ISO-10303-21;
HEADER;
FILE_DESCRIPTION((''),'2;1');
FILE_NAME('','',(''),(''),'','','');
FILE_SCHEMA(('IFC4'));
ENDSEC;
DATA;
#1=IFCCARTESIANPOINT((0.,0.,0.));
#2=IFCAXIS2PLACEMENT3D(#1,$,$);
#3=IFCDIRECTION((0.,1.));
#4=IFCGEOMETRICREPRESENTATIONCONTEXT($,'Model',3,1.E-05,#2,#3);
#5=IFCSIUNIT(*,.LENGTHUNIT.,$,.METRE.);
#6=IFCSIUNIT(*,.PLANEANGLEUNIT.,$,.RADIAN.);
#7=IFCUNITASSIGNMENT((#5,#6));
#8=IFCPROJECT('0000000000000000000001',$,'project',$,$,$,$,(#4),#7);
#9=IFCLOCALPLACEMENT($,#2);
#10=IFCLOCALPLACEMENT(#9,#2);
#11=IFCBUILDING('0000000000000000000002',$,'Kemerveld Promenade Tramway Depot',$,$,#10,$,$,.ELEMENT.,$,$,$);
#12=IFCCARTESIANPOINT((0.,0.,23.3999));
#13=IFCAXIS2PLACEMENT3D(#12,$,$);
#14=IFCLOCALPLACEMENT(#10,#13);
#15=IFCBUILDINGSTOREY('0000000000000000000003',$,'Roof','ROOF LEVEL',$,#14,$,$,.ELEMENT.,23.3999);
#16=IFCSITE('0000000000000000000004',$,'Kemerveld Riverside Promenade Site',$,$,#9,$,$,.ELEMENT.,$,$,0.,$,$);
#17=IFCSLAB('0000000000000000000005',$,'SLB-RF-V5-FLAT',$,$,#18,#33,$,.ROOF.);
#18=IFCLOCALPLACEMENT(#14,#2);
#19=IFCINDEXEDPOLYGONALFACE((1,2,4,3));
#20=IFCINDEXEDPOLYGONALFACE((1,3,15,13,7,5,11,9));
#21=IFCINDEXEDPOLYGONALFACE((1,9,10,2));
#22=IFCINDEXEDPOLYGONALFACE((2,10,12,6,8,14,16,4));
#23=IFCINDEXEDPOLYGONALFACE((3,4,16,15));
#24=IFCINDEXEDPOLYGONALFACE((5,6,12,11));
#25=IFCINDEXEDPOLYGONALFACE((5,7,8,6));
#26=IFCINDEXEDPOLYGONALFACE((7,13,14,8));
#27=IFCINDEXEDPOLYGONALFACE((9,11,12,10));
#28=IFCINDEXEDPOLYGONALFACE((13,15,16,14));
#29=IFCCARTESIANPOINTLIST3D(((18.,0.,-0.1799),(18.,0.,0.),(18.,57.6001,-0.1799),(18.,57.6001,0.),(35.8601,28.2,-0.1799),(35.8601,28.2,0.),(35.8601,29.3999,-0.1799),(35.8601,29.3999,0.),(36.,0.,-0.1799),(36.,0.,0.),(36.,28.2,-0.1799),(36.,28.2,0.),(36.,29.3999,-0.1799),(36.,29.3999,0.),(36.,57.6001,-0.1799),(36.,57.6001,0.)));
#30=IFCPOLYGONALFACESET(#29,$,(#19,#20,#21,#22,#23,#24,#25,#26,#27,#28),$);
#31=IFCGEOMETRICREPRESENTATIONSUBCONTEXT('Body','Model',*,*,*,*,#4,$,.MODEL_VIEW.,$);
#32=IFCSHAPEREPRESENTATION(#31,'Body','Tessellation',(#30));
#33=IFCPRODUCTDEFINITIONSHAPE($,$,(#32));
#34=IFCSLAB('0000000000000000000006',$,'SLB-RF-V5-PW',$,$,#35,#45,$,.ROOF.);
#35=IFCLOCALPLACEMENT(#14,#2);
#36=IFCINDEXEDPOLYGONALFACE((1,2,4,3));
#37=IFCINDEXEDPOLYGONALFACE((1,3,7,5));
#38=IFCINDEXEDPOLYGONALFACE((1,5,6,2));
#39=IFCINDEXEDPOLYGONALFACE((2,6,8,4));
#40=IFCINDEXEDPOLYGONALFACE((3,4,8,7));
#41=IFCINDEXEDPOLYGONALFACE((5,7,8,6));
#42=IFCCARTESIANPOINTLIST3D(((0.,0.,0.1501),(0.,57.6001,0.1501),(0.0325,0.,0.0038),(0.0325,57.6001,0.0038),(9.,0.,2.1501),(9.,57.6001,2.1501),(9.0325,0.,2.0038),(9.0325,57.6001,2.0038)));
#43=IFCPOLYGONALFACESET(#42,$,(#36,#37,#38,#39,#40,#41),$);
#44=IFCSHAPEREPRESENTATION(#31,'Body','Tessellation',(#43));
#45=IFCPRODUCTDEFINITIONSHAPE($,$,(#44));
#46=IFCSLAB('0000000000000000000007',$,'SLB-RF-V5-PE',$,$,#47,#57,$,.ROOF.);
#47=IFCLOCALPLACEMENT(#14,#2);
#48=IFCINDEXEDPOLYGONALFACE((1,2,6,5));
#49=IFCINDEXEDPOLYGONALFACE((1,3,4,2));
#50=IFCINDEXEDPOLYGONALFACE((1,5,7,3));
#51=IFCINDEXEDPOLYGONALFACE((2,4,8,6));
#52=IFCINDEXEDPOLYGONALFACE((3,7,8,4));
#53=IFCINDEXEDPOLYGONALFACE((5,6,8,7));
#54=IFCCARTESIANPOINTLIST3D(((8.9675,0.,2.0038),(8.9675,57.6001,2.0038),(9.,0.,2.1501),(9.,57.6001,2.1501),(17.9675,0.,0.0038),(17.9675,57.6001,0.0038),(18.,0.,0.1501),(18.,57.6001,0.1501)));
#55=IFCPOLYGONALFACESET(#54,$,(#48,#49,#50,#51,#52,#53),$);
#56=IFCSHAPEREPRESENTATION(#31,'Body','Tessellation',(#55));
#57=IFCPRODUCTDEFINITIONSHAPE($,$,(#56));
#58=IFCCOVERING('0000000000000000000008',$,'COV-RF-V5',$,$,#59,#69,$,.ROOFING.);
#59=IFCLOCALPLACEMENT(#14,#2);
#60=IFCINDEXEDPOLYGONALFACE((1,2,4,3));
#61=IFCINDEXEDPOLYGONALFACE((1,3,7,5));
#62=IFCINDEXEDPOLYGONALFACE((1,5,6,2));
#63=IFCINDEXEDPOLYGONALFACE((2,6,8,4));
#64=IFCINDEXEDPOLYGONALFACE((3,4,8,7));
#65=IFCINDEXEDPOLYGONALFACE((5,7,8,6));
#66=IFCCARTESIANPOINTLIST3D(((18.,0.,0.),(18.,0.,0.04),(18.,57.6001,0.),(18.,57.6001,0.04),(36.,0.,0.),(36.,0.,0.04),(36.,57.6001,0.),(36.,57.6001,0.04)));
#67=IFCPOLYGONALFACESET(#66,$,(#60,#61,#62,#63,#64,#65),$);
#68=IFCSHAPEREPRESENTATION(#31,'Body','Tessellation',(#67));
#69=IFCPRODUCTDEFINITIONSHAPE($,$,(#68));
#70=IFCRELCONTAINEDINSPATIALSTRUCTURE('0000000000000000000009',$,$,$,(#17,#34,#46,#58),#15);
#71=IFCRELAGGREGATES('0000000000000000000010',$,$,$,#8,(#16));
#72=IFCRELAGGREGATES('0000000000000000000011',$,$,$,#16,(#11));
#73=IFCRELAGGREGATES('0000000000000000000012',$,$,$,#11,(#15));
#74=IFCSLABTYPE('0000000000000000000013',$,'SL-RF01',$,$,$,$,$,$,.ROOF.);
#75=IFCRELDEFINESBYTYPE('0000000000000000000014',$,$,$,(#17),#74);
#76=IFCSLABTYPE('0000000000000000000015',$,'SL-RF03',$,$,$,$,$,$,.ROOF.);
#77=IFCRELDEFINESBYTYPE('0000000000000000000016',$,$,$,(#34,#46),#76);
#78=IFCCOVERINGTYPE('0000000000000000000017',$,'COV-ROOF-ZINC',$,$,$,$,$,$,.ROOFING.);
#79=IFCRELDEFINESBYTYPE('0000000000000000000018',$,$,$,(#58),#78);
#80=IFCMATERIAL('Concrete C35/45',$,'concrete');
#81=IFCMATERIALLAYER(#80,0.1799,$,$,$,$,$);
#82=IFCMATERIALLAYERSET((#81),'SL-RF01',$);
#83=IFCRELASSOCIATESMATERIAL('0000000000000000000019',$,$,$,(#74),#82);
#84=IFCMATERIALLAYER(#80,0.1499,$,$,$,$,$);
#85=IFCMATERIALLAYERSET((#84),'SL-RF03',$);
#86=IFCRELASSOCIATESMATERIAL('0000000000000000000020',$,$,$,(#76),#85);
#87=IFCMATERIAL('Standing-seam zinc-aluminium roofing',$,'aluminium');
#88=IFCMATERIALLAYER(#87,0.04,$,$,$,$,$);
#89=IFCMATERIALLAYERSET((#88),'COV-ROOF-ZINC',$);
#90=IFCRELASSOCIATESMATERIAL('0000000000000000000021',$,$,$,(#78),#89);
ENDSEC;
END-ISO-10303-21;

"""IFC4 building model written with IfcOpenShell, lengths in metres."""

from ifc_helpers import new_model, si_unit, direction, frame, origin, place, context, subcontext, project, spatial, polyline, outline, extrude, material, layer, layer_set, type_object, element, save


model = new_model("IFC4")

# Units and contexts
model_context = context("Model", 3, precision=1e-05, world=origin(), true_north=direction((0.0, 1.0)))
body_context = subcontext(model_context, "Body", "Model", "MODEL_VIEW")
ifc_project = project(units=[si_unit("LENGTHUNIT", "METRE"), si_unit("PLANEANGLEUNIT", "RADIAN")], contexts=[model_context])

# Site, building, storey
site_placement = place(None, origin())
site = spatial("IfcSite", under=ifc_project, at=site_placement, Name="Kemerveld Riverside Promenade Site", CompositionType="ELEMENT", RefElevation=0.0)
building_placement = place(site_placement, origin())
building = spatial("IfcBuilding", under=site, at=building_placement, Name="Kemerveld Promenade Tramway Depot", CompositionType="ELEMENT")
storey_placement = place(building_placement, frame((0.0, 0.0, 23.3999)))
storey = spatial("IfcBuildingStorey", under=building, at=storey_placement, Name="Roof", Description="ROOF LEVEL", CompositionType="ELEMENT", Elevation=23.3999)

# Slabs
ifc_material_1 = material(Name="Concrete C35/45", Category="concrete")
ifc_layer_1 = layer(ifc_material_1, 0.1799)
ifc_layer_set_1 = layer_set([ifc_layer_1], Name="SL-RF01")
slab_type_1 = type_object("IfcSlabType", Name="SL-RF01", PredefinedType="ROOF", material=ifc_layer_set_1)
slab_placement = place(storey_placement, frame((0.0, 0.0, -0.1799)))
element("IfcSlab", 1, at=slab_placement, inside=storey, type_object=slab_type_1, Name="SLB-RF-V5-FLAT", PredefinedType="ROOF", context=body_context, shape_type="SweptSolid", body=[
    extrude(outline(polyline([(18.0, 0.0), (36.0, 0.0), (36.0, 28.2), (35.8601, 28.2), (35.8601, 29.3999), (36.0, 29.3999), (36.0, 57.6001), (18.0, 57.6001), (18.0, 0.0)])), origin(), (0.0, 0.0, 1.0), 0.1799),
])
ifc_layer_2 = layer(ifc_material_1, 0.1499)
ifc_layer_set_2 = layer_set([ifc_layer_2], Name="SL-RF03")
slab_type_2 = type_object("IfcSlabType", Name="SL-RF03", PredefinedType="ROOF", material=ifc_layer_set_2)
for number, where, z_axis, x_axis, name in (
    (2, (0.0, 0.0, 0.1501), (-0.21693, 0.0, 0.976187), (0.976187, 0.0, 0.21693), "SLB-RF-V5-PW"),
    (3, (9.0, 0.0, 2.1501), (0.21693, 0.0, 0.976187), (0.976187, 0.0, -0.21693), "SLB-RF-V5-PE"),
):
    element("IfcSlab", number, at=place(storey_placement, frame(where, z_axis=z_axis, x_axis=x_axis)), inside=storey, type_object=slab_type_2, Name=name, PredefinedType="ROOF", context=body_context, shape_type="SweptSolid", body=[
        extrude(outline(polyline([(0.0, 0.0), (9.2195, 0.0), (9.2195, 57.6001), (0.0, 57.6001), (0.0, 0.0)])), origin(), (0.0, 0.0, -1.0), 0.1499),
    ])

# Covering
ifc_material_2 = material(Name="Standing-seam zinc-aluminium roofing", Category="aluminium")
ifc_layer_3 = layer(ifc_material_2, 0.04)
ifc_layer_set_3 = layer_set([ifc_layer_3], Name="COV-ROOF-ZINC")
covering_type = type_object("IfcCoveringType", Name="COV-ROOF-ZINC", PredefinedType="ROOFING", material=ifc_layer_set_3)
covering_placement = place(storey_placement, origin())
element("IfcCovering", 4, at=covering_placement, inside=storey, type_object=covering_type, Name="COV-RF-V5", PredefinedType="ROOFING", context=body_context, shape_type="SweptSolid", body=[
    extrude(outline(polyline([(18.0, 0.0), (36.0, 0.0), (36.0, 57.6001), (18.0, 57.6001), (18.0, 0.0)])), origin(), (0.0, 0.0, 1.0), 0.04),
])

save(model, "model.ifc")
